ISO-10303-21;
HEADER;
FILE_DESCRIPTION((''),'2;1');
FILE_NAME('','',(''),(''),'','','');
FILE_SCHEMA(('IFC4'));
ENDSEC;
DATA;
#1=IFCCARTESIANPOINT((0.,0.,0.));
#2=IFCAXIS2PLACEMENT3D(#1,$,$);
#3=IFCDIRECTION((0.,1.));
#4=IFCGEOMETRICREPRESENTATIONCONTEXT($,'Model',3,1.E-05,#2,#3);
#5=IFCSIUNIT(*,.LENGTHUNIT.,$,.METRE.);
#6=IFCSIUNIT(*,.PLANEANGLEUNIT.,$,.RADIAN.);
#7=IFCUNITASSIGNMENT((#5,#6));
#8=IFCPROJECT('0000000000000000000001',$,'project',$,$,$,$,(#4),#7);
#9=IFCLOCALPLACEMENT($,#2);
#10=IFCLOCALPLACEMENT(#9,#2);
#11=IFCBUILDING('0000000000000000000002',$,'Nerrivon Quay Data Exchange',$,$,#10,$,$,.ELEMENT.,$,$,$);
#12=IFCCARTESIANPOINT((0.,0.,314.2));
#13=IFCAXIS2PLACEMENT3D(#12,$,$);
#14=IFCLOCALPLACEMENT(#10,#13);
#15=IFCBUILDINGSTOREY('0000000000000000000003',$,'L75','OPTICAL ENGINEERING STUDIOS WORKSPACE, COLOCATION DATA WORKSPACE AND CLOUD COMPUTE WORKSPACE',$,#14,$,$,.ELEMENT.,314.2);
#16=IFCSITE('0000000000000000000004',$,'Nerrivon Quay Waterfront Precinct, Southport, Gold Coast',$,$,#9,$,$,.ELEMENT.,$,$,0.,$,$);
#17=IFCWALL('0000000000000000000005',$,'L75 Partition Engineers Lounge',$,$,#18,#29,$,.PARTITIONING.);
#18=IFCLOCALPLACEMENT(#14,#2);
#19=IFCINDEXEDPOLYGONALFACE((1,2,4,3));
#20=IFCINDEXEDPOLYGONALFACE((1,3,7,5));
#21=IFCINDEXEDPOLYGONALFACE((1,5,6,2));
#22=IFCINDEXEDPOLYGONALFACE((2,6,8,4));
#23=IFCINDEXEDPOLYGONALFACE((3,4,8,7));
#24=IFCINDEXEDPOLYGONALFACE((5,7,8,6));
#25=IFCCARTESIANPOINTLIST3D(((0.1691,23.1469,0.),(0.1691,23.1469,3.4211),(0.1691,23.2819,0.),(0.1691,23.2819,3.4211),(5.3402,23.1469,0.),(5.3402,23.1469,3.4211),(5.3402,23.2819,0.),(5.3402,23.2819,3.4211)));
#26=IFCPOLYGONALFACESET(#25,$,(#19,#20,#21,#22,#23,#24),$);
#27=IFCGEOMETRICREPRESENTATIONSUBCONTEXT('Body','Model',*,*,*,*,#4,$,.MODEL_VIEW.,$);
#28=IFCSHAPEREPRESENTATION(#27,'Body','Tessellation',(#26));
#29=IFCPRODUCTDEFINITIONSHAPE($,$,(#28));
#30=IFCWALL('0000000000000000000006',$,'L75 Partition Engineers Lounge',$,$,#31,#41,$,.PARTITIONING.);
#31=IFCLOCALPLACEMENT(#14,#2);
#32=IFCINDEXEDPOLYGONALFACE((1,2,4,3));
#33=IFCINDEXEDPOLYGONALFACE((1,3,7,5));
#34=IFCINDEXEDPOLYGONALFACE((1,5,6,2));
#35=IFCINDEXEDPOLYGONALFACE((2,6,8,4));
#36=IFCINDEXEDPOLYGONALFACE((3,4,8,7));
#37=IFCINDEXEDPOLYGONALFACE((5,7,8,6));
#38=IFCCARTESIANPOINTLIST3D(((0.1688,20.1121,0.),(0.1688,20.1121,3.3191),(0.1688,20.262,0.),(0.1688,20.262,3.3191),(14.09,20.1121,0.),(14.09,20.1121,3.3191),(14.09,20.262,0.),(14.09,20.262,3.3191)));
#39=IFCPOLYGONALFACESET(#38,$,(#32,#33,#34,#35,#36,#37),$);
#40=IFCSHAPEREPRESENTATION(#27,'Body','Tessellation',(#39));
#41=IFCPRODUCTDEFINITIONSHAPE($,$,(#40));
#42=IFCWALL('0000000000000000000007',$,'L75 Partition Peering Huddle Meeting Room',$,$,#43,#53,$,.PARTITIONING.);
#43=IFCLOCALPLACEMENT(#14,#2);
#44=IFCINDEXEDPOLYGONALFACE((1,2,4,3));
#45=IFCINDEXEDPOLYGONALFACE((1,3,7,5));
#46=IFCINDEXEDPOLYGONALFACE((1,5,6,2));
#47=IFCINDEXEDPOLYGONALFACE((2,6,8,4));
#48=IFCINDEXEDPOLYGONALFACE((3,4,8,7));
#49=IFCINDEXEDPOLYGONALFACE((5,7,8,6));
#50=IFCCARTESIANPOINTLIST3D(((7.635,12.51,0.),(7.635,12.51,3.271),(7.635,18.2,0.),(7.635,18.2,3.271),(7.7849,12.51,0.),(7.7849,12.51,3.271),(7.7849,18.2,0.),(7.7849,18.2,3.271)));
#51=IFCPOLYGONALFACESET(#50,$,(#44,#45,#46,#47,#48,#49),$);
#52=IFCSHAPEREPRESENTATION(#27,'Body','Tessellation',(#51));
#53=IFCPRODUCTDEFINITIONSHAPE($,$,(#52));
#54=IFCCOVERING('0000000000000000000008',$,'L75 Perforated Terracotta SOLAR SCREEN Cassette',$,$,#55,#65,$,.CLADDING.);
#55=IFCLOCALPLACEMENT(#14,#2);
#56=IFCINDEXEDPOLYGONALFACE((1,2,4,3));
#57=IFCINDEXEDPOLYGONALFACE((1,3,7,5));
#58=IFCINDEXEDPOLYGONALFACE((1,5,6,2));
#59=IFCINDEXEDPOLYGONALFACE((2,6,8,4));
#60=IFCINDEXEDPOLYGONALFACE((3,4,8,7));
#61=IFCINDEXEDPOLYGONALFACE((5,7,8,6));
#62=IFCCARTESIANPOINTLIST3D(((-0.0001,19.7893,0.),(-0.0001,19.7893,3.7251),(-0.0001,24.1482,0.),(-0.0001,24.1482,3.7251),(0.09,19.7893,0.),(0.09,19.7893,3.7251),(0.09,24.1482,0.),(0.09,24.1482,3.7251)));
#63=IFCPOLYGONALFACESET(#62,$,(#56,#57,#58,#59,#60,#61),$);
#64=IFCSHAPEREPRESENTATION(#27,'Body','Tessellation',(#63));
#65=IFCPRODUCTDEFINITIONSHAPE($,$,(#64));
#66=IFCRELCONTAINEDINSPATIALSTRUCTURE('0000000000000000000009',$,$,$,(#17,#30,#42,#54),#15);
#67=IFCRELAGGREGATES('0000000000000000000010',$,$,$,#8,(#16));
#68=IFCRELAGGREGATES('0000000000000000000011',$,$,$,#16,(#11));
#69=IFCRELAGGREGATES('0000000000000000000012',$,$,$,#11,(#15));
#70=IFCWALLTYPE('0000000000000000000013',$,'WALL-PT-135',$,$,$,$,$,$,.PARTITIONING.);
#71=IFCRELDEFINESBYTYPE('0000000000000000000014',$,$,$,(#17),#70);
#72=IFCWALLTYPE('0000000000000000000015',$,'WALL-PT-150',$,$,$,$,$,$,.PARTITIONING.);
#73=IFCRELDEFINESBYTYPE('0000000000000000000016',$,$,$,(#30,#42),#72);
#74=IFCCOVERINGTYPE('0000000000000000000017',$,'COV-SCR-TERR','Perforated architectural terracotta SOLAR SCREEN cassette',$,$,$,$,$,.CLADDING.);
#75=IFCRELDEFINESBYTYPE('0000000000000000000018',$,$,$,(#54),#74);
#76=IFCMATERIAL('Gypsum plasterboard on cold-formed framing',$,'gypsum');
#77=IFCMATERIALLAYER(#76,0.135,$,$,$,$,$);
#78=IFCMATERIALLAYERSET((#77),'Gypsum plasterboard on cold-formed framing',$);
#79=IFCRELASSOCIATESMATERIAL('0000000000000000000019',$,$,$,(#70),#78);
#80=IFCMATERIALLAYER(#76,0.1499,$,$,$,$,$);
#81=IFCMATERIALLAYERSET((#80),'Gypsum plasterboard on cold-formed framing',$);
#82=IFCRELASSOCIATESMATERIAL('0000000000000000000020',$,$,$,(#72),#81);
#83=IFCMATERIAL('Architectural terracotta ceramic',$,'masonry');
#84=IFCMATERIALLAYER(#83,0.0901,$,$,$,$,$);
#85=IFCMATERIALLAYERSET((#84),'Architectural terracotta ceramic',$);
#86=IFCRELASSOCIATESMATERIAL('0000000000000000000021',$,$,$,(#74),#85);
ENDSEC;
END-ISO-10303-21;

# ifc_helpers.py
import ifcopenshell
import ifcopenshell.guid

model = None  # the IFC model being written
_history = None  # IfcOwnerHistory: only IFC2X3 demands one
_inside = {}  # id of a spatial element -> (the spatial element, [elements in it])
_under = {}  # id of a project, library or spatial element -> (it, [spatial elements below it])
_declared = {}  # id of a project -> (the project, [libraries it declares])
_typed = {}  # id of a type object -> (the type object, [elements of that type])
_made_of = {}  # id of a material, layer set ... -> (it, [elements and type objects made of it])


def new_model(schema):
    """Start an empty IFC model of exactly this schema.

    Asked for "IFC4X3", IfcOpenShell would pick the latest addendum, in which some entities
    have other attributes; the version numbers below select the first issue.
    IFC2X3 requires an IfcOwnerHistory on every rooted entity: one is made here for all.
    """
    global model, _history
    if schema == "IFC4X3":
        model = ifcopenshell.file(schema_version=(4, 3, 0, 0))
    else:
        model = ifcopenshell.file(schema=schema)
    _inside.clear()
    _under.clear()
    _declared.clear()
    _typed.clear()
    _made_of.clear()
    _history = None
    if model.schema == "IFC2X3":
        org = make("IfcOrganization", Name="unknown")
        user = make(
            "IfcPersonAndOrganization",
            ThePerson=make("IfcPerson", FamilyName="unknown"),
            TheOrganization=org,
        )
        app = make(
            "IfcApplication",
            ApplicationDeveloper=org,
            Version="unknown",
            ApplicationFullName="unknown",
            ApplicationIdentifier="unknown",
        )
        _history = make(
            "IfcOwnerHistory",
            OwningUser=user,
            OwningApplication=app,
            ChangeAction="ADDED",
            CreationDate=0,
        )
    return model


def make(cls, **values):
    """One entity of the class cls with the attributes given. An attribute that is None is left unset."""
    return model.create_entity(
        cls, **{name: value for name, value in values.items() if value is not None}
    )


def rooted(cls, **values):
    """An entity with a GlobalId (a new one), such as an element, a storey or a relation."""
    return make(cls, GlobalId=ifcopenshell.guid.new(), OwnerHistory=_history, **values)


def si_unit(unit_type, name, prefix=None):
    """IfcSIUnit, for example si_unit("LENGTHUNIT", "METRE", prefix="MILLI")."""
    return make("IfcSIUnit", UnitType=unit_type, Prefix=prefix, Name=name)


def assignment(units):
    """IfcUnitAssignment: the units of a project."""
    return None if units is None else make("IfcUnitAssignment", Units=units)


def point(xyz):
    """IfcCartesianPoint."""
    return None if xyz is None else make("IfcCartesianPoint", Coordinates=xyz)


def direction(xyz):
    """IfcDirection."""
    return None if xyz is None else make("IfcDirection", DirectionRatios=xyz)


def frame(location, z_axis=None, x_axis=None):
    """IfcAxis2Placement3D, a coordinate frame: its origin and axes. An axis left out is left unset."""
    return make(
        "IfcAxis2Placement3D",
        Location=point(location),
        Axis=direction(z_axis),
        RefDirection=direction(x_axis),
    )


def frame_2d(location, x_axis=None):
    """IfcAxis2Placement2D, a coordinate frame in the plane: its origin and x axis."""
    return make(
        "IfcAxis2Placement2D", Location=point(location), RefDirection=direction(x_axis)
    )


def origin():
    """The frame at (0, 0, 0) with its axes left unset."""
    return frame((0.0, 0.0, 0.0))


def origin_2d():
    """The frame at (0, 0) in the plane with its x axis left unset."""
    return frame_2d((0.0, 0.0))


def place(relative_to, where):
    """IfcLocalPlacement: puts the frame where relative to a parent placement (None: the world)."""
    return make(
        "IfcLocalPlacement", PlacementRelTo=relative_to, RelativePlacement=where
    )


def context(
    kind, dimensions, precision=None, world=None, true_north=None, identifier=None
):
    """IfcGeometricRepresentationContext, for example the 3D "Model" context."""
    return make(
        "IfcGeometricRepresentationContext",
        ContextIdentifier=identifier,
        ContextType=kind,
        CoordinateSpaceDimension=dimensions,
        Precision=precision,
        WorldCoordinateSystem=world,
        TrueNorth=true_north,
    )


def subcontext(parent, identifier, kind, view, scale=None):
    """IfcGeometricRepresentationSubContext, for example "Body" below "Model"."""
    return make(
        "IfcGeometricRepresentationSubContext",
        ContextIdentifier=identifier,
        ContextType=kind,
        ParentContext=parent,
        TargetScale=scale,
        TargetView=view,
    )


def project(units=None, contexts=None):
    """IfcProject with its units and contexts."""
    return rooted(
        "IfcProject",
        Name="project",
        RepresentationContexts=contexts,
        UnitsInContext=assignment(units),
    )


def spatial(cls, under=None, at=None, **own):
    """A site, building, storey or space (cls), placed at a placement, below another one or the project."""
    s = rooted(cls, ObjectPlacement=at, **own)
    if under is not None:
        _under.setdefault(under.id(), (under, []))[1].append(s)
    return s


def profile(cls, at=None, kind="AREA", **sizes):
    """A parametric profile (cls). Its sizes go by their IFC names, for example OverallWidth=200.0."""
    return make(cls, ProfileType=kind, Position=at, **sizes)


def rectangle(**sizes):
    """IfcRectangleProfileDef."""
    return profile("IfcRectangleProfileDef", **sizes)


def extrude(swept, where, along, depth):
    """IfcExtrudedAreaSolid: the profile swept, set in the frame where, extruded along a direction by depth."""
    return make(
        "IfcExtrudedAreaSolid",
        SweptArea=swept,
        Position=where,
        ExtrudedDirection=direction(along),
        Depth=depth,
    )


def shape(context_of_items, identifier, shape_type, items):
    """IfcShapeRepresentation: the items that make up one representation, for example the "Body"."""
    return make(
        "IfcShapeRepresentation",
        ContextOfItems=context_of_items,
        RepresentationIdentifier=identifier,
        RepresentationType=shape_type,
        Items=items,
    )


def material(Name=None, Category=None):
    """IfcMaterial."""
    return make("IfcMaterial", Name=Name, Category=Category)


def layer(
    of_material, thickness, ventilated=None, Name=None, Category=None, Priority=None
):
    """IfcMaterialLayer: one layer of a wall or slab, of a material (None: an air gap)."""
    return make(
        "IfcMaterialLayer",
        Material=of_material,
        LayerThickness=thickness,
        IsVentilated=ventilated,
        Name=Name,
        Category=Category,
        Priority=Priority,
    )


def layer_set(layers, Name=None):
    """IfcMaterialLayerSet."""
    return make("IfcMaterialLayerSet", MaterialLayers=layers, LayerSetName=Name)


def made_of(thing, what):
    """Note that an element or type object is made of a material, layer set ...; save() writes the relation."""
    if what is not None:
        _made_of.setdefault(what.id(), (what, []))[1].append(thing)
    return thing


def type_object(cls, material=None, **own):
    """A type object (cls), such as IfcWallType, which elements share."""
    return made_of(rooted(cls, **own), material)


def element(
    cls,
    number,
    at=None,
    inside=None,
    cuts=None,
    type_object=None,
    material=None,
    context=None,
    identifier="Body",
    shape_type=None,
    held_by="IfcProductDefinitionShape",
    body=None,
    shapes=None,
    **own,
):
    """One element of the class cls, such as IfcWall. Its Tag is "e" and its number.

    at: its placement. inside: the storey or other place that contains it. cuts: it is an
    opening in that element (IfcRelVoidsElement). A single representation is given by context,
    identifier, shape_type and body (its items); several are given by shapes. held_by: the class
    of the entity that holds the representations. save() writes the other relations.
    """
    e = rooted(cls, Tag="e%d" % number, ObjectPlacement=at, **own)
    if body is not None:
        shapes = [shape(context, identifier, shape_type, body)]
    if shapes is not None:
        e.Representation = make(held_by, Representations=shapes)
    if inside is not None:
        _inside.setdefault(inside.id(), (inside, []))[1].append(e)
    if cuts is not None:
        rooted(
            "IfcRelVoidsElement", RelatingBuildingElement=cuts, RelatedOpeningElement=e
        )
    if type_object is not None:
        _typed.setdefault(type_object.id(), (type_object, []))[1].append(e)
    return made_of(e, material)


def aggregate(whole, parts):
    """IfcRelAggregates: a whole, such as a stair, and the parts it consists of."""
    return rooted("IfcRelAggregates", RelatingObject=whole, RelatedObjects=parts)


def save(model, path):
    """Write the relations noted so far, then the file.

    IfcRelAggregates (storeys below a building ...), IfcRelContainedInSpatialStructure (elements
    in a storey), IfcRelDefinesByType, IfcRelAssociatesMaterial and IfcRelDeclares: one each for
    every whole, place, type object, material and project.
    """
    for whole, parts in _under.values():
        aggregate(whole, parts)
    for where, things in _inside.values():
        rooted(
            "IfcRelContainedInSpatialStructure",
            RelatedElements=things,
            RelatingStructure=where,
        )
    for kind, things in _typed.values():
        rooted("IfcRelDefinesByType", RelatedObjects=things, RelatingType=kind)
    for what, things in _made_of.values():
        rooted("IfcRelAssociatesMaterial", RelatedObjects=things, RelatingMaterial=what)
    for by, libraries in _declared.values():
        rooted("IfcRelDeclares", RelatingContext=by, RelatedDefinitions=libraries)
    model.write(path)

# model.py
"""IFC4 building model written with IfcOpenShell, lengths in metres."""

from ifc_helpers import new_model, si_unit, direction, frame, frame_2d, origin, origin_2d, place, context, subcontext, project, spatial, rectangle, extrude, material, layer, layer_set, type_object, element, save


model = new_model("IFC4")

# Units and contexts
model_context = context("Model", 3, precision=1e-05, world=origin(), true_north=direction((0.0, 1.0)))
body_context = subcontext(model_context, "Body", "Model", "MODEL_VIEW")
ifc_project = project(units=[si_unit("LENGTHUNIT", "METRE"), si_unit("PLANEANGLEUNIT", "RADIAN")], contexts=[model_context])

# Site, building, storey
site_placement = place(None, origin())
site = spatial("IfcSite", under=ifc_project, at=site_placement, Name="Nerrivon Quay Waterfront Precinct, Southport, Gold Coast", CompositionType="ELEMENT", RefElevation=0.0)
building_placement = place(site_placement, origin())
building = spatial("IfcBuilding", under=site, at=building_placement, Name="Nerrivon Quay Data Exchange", CompositionType="ELEMENT")
storey_placement = place(building_placement, frame((0.0, 0.0, 314.2)))
storey = spatial("IfcBuildingStorey", under=building, at=storey_placement, Name="L75", Description="OPTICAL ENGINEERING STUDIOS WORKSPACE, COLOCATION DATA WORKSPACE AND CLOUD COMPUTE WORKSPACE", CompositionType="ELEMENT", Elevation=314.2)

# Shared definitions
ifc_material_1 = material(Name="Gypsum plasterboard on cold-formed framing", Category="gypsum")

# Walls
ifc_layer_1 = layer(ifc_material_1, 0.135)
ifc_layer_set_1 = layer_set([ifc_layer_1], Name="Gypsum plasterboard on cold-formed framing")
wall_type_1 = type_object("IfcWallType", Name="WALL-PT-135", PredefinedType="PARTITIONING", material=ifc_layer_set_1)
wall_1_placement = place(storey_placement, frame((5.3401, 23.2144, 0.0), z_axis=(0.0, 0.0, 1.0), x_axis=(-1.0, 0.0, 0.0)))
element("IfcWall", 1, at=wall_1_placement, inside=storey, type_object=wall_type_1, Name="L75 Partition Engineers Lounge", PredefinedType="PARTITIONING", context=body_context, shape_type="SweptSolid", body=[
    extrude(rectangle(XDim=5.1711, YDim=0.135, at=frame_2d((2.5854, 0.0))), origin(), (0.0, 0.0, 1.0), 3.4211),
])
ifc_layer_2 = layer(ifc_material_1, 0.1499)
ifc_layer_set_2 = layer_set([ifc_layer_2], Name="Gypsum plasterboard on cold-formed framing")
wall_type_2 = type_object("IfcWallType", Name="WALL-PT-150", PredefinedType="PARTITIONING", material=ifc_layer_set_2)
wall_2_placement = place(storey_placement, frame((0.1689, 20.187, 0.0), z_axis=(0.0, 0.0, 1.0), x_axis=(1.0, 0.0, 0.0)))
element("IfcWall", 2, at=wall_2_placement, inside=storey, type_object=wall_type_2, Name="L75 Partition Engineers Lounge", PredefinedType="PARTITIONING", context=body_context, shape_type="SweptSolid", body=[
    extrude(rectangle(XDim=13.9211, YDim=0.1499, at=frame_2d((6.9604, 0.0))), origin(), (0.0, 0.0, 1.0), 3.3191),
])
wall_3_placement = place(storey_placement, frame((7.71, 18.2, 0.0), z_axis=(0.0, 0.0, 1.0), x_axis=(0.0, -1.0, 0.0)))
element("IfcWall", 3, at=wall_3_placement, inside=storey, type_object=wall_type_2, Name="L75 Partition Peering Huddle Meeting Room", PredefinedType="PARTITIONING", context=body_context, shape_type="SweptSolid", body=[
    extrude(rectangle(XDim=5.6899, YDim=0.1499, at=frame_2d((2.845, 0.0))), origin(), (0.0, 0.0, 1.0), 3.271),
])

# Covering
ifc_material_2 = material(Name="Architectural terracotta ceramic", Category="masonry")
ifc_layer_3 = layer(ifc_material_2, 0.0901)
ifc_layer_set_3 = layer_set([ifc_layer_3], Name="Architectural terracotta ceramic")
covering_type = type_object("IfcCoveringType", Name="COV-SCR-TERR", Description="Perforated architectural terracotta SOLAR SCREEN cassette", PredefinedType="CLADDING", material=ifc_layer_set_3)
covering_placement = place(storey_placement, frame((0.0449, 21.9688, 0.0), z_axis=(0.0, 0.0, 1.0), x_axis=(0.0, 1.0, 0.0)))
element("IfcCovering", 4, at=covering_placement, inside=storey, type_object=covering_type, Name="L75 Perforated Terracotta SOLAR SCREEN Cassette", PredefinedType="CLADDING", context=body_context, shape_type="SweptSolid", body=[
    extrude(rectangle(XDim=4.3589, YDim=0.0901, at=origin_2d()), origin(), (0.0, 0.0, 1.0), 3.7251),
])

save(model, "model.ifc")
